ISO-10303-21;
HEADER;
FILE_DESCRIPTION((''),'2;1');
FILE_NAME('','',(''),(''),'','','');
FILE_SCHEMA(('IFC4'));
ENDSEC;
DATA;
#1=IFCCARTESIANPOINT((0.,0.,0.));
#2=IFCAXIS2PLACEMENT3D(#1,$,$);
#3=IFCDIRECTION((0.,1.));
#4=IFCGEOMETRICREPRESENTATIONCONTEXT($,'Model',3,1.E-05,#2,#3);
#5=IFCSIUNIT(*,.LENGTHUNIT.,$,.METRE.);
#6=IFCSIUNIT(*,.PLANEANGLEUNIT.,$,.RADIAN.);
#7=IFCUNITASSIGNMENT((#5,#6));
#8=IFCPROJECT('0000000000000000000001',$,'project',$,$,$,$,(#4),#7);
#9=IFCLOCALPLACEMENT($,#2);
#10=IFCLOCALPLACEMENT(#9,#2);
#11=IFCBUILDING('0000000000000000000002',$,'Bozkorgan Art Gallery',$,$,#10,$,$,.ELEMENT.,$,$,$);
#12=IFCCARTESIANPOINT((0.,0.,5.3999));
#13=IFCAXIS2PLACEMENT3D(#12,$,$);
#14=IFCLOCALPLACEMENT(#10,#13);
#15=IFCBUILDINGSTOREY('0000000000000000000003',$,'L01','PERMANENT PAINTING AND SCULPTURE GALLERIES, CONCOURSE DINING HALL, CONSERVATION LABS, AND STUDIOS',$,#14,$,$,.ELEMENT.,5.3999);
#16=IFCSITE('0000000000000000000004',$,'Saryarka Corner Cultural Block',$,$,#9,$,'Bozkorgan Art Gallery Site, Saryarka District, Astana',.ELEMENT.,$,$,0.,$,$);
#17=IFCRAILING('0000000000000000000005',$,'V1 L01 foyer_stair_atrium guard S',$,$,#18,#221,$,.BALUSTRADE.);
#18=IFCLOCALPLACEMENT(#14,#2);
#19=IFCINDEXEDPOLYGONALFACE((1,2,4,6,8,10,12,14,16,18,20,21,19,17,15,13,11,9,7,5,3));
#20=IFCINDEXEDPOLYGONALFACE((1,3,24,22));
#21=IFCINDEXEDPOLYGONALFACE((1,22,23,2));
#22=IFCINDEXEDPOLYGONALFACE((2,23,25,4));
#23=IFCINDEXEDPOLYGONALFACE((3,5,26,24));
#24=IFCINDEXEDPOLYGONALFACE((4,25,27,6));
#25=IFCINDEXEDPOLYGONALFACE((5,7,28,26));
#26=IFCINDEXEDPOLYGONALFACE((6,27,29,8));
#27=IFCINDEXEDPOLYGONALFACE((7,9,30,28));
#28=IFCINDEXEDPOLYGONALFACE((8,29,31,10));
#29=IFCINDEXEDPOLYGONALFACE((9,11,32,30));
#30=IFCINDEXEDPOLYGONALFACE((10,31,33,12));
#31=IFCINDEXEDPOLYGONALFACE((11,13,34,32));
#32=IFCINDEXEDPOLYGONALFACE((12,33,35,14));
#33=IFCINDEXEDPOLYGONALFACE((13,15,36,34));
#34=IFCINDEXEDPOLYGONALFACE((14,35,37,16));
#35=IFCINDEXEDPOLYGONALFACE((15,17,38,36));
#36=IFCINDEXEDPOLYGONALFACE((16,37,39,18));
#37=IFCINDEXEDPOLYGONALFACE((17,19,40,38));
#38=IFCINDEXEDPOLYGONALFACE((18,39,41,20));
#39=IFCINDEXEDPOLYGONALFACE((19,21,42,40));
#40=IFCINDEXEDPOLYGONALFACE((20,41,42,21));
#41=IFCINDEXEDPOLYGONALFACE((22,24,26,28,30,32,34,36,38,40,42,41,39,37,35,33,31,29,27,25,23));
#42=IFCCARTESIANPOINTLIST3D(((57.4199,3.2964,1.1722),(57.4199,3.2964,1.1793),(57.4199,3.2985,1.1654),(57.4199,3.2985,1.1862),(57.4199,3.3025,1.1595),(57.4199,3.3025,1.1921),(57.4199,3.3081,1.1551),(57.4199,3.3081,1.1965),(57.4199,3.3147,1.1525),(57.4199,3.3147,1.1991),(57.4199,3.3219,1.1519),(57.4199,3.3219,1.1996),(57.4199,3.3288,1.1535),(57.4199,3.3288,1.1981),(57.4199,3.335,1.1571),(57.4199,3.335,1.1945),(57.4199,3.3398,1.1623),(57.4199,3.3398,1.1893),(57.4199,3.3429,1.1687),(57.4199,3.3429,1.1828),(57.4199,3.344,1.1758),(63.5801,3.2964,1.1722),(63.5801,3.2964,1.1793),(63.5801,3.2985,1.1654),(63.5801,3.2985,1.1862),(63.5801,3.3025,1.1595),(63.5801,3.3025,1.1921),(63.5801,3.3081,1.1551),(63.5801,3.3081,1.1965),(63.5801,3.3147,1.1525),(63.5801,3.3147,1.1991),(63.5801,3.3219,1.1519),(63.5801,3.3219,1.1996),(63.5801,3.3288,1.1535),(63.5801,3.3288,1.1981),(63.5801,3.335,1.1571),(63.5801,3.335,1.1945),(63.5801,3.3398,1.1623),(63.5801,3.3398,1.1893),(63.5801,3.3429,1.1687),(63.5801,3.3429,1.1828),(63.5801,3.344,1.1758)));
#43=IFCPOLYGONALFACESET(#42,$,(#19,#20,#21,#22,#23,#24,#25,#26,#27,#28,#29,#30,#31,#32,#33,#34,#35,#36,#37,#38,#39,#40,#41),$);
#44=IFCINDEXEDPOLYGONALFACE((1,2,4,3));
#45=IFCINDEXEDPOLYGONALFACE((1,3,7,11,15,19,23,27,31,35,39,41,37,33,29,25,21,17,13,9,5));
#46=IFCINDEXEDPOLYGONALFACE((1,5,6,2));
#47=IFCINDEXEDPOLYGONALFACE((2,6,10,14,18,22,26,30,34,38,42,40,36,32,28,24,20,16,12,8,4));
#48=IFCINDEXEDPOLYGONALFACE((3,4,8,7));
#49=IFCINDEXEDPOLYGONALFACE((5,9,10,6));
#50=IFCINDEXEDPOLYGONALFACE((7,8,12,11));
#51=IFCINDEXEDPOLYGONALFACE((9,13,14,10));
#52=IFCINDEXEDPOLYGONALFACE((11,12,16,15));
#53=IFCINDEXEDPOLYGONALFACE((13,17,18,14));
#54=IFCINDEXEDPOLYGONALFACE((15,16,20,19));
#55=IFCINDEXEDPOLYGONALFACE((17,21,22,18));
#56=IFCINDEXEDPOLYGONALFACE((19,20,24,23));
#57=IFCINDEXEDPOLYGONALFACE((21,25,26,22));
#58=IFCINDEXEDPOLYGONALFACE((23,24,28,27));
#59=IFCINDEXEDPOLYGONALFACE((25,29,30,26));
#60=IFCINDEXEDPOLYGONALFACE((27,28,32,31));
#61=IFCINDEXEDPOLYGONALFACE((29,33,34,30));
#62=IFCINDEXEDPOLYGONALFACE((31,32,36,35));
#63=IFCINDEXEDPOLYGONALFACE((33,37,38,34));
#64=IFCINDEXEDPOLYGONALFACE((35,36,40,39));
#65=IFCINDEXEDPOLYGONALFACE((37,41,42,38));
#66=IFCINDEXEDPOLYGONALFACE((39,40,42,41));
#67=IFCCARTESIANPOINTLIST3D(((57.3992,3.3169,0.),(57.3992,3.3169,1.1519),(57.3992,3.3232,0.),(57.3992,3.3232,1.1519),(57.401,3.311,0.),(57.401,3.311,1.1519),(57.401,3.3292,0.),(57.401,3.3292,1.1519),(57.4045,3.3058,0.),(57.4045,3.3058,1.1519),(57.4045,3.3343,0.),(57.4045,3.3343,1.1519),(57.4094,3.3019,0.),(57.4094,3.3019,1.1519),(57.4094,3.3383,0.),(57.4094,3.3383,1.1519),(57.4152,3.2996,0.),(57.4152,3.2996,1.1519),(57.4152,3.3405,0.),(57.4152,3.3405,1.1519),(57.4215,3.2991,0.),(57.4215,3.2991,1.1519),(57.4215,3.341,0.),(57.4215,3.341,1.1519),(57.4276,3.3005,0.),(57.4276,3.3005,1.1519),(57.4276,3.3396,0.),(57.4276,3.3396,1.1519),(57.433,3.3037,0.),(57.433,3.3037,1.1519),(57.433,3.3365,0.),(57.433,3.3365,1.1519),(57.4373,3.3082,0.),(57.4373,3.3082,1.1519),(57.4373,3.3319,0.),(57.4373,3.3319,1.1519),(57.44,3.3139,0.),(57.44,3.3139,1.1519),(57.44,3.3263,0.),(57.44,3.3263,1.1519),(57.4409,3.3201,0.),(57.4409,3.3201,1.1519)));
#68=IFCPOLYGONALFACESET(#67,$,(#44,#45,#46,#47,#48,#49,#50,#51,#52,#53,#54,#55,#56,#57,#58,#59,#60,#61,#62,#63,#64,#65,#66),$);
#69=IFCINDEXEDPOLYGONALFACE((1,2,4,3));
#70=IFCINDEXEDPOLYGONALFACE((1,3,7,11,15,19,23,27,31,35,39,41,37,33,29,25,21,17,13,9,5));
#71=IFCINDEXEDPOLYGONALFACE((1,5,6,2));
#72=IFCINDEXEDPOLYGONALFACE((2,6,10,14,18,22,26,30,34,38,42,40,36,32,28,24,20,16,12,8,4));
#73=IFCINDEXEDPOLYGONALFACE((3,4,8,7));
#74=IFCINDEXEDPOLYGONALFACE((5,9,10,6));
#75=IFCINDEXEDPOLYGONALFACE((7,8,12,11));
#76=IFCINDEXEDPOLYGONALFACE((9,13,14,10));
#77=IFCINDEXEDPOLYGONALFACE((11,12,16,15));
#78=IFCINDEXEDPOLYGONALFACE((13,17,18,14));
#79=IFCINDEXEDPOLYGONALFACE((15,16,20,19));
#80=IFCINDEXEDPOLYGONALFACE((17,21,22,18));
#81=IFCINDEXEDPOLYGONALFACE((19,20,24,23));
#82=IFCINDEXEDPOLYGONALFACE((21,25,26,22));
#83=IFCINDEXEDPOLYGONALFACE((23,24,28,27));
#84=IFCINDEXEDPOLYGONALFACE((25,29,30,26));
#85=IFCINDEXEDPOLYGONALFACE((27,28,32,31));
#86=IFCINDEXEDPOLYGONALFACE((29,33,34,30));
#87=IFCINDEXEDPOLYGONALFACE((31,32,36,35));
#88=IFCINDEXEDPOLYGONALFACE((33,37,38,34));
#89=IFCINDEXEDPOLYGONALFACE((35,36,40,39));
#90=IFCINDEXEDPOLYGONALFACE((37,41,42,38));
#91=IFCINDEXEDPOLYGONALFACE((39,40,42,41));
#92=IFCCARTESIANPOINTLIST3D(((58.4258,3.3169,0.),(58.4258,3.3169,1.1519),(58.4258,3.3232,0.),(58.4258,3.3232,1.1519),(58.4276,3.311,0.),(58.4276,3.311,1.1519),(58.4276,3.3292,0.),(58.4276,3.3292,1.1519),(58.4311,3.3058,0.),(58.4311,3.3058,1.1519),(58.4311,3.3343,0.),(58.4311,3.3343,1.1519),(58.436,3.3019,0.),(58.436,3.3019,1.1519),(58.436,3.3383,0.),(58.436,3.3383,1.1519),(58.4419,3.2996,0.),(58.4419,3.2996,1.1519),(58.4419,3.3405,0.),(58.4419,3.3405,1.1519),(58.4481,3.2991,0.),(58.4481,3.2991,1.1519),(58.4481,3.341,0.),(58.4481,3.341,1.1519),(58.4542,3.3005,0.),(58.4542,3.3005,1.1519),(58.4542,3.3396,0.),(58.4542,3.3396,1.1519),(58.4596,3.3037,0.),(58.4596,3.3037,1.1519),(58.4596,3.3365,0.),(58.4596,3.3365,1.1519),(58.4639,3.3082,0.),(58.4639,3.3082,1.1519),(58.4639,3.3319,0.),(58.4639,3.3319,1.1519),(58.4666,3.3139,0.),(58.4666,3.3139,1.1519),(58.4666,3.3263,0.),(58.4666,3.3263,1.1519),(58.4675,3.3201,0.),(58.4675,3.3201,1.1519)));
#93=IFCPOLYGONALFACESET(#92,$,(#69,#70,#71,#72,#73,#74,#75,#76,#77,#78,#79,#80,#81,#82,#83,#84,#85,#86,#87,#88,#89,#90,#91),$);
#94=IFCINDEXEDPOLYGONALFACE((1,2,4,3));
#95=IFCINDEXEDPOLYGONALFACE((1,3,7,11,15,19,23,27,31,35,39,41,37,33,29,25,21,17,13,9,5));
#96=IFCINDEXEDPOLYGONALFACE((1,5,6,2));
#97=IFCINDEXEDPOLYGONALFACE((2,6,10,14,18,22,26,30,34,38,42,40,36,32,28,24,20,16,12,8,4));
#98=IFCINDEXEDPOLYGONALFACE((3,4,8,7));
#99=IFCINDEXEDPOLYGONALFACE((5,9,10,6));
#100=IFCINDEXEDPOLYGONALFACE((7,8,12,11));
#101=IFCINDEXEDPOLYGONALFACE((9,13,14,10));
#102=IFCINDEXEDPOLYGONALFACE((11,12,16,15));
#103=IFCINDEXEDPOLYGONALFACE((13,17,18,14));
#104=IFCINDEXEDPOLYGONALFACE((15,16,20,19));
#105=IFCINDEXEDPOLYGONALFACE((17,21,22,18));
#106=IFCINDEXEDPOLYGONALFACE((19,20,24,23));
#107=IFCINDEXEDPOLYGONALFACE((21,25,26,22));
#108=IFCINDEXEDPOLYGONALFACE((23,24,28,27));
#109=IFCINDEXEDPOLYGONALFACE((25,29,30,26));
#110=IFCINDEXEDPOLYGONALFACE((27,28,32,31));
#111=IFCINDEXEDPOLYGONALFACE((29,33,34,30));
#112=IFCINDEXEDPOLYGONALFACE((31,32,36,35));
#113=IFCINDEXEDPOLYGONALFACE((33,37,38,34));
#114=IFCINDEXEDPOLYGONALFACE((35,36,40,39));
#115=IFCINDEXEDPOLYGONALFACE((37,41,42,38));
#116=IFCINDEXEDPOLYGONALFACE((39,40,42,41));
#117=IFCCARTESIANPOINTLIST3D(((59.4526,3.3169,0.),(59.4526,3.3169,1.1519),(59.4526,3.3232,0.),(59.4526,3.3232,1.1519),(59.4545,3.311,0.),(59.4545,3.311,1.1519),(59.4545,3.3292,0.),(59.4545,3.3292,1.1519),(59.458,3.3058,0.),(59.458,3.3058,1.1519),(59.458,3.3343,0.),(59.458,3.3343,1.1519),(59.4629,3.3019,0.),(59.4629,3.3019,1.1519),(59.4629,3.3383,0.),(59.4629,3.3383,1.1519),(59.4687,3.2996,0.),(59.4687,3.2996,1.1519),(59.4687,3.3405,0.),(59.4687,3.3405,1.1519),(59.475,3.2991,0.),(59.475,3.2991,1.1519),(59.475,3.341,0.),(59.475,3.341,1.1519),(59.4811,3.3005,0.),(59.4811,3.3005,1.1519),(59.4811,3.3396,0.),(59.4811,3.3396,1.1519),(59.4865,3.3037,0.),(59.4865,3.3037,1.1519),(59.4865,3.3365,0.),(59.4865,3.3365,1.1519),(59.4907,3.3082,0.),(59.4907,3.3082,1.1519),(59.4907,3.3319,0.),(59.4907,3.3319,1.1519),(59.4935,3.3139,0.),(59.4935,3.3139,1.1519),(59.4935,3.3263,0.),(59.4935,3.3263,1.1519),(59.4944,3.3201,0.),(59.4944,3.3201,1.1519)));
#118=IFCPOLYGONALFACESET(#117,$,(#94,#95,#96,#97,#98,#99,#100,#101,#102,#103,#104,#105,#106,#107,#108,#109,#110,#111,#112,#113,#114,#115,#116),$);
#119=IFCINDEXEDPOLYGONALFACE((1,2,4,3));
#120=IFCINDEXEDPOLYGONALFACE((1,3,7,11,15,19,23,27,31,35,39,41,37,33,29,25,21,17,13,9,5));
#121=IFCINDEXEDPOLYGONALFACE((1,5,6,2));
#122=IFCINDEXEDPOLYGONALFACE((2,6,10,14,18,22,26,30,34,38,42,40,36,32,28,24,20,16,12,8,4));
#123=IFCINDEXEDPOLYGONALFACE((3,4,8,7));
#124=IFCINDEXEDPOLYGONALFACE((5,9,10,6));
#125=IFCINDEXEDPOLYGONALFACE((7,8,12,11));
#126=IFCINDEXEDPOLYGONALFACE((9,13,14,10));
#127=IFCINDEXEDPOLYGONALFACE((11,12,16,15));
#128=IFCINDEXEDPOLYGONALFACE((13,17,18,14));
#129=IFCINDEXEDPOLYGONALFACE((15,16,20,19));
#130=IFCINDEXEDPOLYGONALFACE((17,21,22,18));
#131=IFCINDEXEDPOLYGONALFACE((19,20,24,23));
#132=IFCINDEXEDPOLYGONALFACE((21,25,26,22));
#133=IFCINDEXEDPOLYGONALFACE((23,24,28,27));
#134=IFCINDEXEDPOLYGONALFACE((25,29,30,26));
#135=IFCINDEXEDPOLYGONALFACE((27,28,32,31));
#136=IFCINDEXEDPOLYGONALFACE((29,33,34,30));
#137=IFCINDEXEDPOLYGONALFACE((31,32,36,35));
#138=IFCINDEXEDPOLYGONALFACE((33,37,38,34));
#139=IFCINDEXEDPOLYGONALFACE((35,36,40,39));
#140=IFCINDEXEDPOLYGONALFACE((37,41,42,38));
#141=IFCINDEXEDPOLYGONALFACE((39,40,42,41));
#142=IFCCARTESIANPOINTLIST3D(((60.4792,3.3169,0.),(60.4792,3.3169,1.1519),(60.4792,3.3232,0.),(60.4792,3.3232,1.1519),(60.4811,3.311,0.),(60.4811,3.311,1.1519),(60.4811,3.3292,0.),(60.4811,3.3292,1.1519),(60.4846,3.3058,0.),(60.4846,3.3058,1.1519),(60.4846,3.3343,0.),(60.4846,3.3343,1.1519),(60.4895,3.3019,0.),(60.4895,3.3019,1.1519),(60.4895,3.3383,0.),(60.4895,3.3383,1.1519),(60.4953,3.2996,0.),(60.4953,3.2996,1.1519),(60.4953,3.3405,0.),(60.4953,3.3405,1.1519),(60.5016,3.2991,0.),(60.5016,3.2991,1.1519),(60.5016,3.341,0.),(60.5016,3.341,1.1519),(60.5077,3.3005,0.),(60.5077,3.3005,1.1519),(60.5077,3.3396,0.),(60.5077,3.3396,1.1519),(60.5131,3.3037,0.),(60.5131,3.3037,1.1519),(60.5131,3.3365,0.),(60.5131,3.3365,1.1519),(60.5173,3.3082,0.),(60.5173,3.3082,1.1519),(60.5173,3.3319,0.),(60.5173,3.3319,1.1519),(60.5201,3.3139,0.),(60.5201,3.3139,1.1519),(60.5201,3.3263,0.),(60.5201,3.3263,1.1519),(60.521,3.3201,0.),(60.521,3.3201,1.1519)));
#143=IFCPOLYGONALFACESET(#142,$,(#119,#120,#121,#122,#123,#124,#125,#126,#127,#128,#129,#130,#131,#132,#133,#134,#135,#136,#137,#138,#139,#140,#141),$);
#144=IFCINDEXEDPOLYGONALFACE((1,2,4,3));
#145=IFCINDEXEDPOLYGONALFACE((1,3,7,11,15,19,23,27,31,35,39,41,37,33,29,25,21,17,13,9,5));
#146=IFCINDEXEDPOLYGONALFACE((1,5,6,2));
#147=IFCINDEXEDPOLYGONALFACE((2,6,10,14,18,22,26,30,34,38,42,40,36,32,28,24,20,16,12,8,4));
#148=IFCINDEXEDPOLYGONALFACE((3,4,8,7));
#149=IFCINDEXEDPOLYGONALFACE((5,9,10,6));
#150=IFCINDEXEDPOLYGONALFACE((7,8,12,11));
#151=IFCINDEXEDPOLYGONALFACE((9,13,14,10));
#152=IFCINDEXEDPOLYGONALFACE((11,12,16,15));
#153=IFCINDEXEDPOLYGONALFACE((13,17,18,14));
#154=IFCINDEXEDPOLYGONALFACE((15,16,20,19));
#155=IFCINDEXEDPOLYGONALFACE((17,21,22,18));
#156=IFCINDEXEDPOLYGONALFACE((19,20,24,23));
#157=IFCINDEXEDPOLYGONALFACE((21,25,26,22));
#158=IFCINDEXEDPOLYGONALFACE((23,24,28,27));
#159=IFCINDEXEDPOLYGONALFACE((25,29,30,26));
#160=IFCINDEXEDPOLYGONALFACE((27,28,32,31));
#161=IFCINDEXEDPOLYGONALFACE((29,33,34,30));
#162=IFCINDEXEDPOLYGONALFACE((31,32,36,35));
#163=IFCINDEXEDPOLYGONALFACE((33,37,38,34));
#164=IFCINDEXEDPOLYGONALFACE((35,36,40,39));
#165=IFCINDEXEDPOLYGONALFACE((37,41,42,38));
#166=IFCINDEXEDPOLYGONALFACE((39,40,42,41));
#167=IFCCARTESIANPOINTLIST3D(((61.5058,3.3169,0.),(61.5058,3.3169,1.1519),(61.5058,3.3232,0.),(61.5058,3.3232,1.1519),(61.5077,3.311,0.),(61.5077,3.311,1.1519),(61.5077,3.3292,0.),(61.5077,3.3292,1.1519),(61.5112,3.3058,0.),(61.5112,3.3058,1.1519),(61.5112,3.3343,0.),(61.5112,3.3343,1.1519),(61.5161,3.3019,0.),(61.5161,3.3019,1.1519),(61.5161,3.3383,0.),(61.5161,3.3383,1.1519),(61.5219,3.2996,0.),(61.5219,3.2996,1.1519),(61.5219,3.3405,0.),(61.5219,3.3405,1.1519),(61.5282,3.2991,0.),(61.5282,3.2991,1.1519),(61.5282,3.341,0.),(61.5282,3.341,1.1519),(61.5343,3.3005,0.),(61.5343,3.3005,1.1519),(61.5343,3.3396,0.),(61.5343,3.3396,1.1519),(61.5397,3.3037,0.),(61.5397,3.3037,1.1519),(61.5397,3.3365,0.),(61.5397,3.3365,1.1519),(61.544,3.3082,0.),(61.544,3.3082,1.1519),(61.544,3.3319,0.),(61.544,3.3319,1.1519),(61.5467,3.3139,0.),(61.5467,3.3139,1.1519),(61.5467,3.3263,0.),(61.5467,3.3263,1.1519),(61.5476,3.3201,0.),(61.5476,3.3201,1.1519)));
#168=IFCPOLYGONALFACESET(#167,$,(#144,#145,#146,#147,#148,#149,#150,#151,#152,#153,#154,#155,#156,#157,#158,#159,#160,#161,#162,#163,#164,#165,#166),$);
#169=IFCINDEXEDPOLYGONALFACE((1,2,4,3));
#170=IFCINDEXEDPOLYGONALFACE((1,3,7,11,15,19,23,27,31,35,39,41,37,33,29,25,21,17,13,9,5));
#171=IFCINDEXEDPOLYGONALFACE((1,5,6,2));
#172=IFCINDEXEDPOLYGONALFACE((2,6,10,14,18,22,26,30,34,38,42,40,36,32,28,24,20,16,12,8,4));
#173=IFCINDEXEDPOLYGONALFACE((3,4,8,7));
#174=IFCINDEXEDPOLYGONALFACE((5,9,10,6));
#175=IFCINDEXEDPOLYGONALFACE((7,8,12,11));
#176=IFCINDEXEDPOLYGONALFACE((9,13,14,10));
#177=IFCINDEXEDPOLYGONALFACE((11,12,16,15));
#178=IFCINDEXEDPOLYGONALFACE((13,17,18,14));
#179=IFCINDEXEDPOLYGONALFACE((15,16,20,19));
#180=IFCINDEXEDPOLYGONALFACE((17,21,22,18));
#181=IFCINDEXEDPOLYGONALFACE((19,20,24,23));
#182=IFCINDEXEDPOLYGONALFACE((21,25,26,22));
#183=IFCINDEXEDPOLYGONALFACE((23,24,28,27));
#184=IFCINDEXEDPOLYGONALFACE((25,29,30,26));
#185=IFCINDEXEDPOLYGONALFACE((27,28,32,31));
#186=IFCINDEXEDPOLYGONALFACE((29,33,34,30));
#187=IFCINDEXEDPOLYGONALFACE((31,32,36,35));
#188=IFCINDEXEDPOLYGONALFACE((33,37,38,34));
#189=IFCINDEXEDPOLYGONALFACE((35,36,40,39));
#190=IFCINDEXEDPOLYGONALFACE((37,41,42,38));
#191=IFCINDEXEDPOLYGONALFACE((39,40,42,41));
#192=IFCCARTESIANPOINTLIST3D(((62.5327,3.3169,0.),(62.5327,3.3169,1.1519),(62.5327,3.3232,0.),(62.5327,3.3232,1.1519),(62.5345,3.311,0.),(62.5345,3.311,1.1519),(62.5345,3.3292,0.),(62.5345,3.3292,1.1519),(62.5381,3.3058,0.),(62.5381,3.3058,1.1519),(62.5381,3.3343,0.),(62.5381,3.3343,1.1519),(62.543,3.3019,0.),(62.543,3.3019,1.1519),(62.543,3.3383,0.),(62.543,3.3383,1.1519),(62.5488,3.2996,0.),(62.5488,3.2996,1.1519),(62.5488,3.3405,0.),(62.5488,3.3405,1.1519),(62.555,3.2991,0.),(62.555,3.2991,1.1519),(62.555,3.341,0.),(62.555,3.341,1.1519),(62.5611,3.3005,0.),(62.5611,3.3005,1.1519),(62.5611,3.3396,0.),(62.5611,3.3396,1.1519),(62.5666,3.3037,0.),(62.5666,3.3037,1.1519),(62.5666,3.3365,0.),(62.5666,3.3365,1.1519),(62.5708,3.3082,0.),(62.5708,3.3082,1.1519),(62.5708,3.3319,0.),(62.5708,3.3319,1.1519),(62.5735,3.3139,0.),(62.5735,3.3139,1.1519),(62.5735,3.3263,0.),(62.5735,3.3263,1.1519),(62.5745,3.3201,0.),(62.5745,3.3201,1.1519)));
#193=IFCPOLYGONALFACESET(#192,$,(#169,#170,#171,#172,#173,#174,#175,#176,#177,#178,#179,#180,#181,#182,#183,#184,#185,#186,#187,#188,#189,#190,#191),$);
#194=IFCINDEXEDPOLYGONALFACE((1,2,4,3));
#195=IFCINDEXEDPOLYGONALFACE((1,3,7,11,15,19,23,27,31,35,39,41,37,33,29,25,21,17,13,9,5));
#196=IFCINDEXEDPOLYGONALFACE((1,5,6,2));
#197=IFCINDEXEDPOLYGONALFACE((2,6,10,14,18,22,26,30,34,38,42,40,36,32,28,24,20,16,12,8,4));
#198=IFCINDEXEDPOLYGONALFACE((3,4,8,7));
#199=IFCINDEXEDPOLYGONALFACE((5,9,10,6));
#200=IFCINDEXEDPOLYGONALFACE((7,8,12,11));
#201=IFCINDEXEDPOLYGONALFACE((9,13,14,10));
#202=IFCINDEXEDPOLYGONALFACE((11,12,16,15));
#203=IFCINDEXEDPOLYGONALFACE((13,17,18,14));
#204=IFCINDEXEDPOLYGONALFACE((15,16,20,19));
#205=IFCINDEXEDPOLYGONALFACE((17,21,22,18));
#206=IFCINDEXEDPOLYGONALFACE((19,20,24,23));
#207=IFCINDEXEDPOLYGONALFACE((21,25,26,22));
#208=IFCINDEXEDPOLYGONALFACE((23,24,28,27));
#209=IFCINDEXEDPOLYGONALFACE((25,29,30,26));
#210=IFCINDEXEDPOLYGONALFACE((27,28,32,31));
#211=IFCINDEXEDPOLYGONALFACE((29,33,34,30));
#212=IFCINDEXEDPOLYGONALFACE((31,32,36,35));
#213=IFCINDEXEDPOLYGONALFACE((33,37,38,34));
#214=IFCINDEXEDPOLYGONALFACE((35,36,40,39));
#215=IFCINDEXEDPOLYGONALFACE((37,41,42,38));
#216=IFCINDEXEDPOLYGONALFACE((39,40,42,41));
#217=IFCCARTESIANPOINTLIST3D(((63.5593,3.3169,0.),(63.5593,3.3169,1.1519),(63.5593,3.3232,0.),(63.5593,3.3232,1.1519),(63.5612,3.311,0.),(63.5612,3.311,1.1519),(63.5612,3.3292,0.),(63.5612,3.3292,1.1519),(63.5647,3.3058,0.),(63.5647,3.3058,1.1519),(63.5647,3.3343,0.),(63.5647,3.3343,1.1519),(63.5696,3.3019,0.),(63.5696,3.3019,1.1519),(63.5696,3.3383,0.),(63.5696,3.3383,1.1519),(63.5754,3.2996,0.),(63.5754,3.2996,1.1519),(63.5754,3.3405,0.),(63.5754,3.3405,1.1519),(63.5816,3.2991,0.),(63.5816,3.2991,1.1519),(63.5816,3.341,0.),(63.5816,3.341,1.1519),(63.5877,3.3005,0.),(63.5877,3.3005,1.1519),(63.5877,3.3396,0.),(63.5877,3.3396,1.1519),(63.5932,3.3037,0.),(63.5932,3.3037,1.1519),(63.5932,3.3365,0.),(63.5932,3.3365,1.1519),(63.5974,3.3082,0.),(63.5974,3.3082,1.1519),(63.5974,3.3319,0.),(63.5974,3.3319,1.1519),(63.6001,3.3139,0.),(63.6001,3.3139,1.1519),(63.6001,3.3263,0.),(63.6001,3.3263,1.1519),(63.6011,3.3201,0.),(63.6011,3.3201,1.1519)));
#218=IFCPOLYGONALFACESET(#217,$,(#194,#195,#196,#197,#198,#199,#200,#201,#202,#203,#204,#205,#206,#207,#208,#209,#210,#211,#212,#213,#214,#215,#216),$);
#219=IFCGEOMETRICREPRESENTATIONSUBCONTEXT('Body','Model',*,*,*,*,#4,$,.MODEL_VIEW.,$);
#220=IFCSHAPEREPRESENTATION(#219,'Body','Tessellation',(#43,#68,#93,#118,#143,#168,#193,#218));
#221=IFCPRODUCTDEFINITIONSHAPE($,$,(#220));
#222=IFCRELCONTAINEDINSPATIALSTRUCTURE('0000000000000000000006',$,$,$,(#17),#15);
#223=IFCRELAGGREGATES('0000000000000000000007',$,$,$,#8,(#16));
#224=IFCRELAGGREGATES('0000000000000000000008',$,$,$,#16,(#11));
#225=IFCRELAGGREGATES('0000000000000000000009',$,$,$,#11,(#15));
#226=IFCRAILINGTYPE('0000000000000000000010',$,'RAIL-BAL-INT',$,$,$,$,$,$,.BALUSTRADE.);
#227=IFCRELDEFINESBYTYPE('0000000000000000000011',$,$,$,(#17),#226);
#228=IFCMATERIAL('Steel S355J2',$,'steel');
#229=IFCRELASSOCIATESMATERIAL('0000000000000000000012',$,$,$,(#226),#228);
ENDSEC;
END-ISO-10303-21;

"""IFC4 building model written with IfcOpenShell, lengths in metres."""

from ifc_helpers import new_model, si_unit, direction, frame, origin, origin_2d, place, context, subcontext, project, spatial, circle, extrude, material, type_object, element, save


model = new_model("IFC4")

# Units and contexts
model_context = context("Model", 3, precision=1e-05, world=origin(), true_north=direction((0.0, 1.0)))
body_context = subcontext(model_context, "Body", "Model", "MODEL_VIEW")
ifc_project = project(units=[si_unit("LENGTHUNIT", "METRE"), si_unit("PLANEANGLEUNIT", "RADIAN")], contexts=[model_context])

# Site, building, storey
site_placement = place(None, origin())
site = spatial("IfcSite", under=ifc_project, at=site_placement, Name="Saryarka Corner Cultural Block", LongName="Bozkorgan Art Gallery Site, Saryarka District, Astana", CompositionType="ELEMENT", RefElevation=0.0)
building_placement = place(site_placement, origin())
building = spatial("IfcBuilding", under=site, at=building_placement, Name="Bozkorgan Art Gallery", CompositionType="ELEMENT")
storey_placement = place(building_placement, frame((0.0, 0.0, 5.3999)))
storey = spatial("IfcBuildingStorey", under=building, at=storey_placement, Name="L01", Description="PERMANENT PAINTING AND SCULPTURE GALLERIES, CONCOURSE DINING HALL, CONSERVATION LABS, AND STUDIOS", CompositionType="ELEMENT", Elevation=5.3999)

# Shared definitions
ifc_material_1 = material(Name="Steel S355J2", Category="steel")

# Railing
railing_type = type_object("IfcRailingType", Name="RAIL-BAL-INT", PredefinedType="BALUSTRADE", material=ifc_material_1)
railing_1_placement = place(storey_placement, frame((57.4199, 3.3201, 0.0)))
element("IfcRailing", 1, at=railing_1_placement, inside=storey, type_object=railing_type, Name="V1 L01 foyer_stair_atrium guard S", PredefinedType="BALUSTRADE", context=body_context, shape_type="SweptSolid", body=[
    extrude(circle(Radius=0.0239, at=origin_2d()), frame((0.0, 0.0, 1.1758), z_axis=(1.0, 0.0, 0.0), x_axis=(0.0, 1.0, 0.0)), (0.0, 0.0, 1.0), 6.1602),
    extrude(circle(Radius=0.021, at=origin_2d()), origin(), (0.0, 0.0, 1.0), 1.1519),
    extrude(circle(Radius=0.021, at=origin_2d()), frame((1.0266, 0.0, 0.0)), (0.0, 0.0, 1.0), 1.1519),
    extrude(circle(Radius=0.021, at=origin_2d()), frame((2.0535, 0.0, 0.0)), (0.0, 0.0, 1.0), 1.1519),
    extrude(circle(Radius=0.021, at=origin_2d()), frame((3.0801, 0.0, 0.0)), (0.0, 0.0, 1.0), 1.1519),
    extrude(circle(Radius=0.021, at=origin_2d()), frame((4.1067, 0.0, 0.0)), (0.0, 0.0, 1.0), 1.1519),
    extrude(circle(Radius=0.021, at=origin_2d()), frame((5.1335, 0.0, 0.0)), (0.0, 0.0, 1.0), 1.1519),
    extrude(circle(Radius=0.021, at=origin_2d()), frame((6.1602, 0.0, 0.0)), (0.0, 0.0, 1.0), 1.1519),
])

save(model, "model.ifc")
